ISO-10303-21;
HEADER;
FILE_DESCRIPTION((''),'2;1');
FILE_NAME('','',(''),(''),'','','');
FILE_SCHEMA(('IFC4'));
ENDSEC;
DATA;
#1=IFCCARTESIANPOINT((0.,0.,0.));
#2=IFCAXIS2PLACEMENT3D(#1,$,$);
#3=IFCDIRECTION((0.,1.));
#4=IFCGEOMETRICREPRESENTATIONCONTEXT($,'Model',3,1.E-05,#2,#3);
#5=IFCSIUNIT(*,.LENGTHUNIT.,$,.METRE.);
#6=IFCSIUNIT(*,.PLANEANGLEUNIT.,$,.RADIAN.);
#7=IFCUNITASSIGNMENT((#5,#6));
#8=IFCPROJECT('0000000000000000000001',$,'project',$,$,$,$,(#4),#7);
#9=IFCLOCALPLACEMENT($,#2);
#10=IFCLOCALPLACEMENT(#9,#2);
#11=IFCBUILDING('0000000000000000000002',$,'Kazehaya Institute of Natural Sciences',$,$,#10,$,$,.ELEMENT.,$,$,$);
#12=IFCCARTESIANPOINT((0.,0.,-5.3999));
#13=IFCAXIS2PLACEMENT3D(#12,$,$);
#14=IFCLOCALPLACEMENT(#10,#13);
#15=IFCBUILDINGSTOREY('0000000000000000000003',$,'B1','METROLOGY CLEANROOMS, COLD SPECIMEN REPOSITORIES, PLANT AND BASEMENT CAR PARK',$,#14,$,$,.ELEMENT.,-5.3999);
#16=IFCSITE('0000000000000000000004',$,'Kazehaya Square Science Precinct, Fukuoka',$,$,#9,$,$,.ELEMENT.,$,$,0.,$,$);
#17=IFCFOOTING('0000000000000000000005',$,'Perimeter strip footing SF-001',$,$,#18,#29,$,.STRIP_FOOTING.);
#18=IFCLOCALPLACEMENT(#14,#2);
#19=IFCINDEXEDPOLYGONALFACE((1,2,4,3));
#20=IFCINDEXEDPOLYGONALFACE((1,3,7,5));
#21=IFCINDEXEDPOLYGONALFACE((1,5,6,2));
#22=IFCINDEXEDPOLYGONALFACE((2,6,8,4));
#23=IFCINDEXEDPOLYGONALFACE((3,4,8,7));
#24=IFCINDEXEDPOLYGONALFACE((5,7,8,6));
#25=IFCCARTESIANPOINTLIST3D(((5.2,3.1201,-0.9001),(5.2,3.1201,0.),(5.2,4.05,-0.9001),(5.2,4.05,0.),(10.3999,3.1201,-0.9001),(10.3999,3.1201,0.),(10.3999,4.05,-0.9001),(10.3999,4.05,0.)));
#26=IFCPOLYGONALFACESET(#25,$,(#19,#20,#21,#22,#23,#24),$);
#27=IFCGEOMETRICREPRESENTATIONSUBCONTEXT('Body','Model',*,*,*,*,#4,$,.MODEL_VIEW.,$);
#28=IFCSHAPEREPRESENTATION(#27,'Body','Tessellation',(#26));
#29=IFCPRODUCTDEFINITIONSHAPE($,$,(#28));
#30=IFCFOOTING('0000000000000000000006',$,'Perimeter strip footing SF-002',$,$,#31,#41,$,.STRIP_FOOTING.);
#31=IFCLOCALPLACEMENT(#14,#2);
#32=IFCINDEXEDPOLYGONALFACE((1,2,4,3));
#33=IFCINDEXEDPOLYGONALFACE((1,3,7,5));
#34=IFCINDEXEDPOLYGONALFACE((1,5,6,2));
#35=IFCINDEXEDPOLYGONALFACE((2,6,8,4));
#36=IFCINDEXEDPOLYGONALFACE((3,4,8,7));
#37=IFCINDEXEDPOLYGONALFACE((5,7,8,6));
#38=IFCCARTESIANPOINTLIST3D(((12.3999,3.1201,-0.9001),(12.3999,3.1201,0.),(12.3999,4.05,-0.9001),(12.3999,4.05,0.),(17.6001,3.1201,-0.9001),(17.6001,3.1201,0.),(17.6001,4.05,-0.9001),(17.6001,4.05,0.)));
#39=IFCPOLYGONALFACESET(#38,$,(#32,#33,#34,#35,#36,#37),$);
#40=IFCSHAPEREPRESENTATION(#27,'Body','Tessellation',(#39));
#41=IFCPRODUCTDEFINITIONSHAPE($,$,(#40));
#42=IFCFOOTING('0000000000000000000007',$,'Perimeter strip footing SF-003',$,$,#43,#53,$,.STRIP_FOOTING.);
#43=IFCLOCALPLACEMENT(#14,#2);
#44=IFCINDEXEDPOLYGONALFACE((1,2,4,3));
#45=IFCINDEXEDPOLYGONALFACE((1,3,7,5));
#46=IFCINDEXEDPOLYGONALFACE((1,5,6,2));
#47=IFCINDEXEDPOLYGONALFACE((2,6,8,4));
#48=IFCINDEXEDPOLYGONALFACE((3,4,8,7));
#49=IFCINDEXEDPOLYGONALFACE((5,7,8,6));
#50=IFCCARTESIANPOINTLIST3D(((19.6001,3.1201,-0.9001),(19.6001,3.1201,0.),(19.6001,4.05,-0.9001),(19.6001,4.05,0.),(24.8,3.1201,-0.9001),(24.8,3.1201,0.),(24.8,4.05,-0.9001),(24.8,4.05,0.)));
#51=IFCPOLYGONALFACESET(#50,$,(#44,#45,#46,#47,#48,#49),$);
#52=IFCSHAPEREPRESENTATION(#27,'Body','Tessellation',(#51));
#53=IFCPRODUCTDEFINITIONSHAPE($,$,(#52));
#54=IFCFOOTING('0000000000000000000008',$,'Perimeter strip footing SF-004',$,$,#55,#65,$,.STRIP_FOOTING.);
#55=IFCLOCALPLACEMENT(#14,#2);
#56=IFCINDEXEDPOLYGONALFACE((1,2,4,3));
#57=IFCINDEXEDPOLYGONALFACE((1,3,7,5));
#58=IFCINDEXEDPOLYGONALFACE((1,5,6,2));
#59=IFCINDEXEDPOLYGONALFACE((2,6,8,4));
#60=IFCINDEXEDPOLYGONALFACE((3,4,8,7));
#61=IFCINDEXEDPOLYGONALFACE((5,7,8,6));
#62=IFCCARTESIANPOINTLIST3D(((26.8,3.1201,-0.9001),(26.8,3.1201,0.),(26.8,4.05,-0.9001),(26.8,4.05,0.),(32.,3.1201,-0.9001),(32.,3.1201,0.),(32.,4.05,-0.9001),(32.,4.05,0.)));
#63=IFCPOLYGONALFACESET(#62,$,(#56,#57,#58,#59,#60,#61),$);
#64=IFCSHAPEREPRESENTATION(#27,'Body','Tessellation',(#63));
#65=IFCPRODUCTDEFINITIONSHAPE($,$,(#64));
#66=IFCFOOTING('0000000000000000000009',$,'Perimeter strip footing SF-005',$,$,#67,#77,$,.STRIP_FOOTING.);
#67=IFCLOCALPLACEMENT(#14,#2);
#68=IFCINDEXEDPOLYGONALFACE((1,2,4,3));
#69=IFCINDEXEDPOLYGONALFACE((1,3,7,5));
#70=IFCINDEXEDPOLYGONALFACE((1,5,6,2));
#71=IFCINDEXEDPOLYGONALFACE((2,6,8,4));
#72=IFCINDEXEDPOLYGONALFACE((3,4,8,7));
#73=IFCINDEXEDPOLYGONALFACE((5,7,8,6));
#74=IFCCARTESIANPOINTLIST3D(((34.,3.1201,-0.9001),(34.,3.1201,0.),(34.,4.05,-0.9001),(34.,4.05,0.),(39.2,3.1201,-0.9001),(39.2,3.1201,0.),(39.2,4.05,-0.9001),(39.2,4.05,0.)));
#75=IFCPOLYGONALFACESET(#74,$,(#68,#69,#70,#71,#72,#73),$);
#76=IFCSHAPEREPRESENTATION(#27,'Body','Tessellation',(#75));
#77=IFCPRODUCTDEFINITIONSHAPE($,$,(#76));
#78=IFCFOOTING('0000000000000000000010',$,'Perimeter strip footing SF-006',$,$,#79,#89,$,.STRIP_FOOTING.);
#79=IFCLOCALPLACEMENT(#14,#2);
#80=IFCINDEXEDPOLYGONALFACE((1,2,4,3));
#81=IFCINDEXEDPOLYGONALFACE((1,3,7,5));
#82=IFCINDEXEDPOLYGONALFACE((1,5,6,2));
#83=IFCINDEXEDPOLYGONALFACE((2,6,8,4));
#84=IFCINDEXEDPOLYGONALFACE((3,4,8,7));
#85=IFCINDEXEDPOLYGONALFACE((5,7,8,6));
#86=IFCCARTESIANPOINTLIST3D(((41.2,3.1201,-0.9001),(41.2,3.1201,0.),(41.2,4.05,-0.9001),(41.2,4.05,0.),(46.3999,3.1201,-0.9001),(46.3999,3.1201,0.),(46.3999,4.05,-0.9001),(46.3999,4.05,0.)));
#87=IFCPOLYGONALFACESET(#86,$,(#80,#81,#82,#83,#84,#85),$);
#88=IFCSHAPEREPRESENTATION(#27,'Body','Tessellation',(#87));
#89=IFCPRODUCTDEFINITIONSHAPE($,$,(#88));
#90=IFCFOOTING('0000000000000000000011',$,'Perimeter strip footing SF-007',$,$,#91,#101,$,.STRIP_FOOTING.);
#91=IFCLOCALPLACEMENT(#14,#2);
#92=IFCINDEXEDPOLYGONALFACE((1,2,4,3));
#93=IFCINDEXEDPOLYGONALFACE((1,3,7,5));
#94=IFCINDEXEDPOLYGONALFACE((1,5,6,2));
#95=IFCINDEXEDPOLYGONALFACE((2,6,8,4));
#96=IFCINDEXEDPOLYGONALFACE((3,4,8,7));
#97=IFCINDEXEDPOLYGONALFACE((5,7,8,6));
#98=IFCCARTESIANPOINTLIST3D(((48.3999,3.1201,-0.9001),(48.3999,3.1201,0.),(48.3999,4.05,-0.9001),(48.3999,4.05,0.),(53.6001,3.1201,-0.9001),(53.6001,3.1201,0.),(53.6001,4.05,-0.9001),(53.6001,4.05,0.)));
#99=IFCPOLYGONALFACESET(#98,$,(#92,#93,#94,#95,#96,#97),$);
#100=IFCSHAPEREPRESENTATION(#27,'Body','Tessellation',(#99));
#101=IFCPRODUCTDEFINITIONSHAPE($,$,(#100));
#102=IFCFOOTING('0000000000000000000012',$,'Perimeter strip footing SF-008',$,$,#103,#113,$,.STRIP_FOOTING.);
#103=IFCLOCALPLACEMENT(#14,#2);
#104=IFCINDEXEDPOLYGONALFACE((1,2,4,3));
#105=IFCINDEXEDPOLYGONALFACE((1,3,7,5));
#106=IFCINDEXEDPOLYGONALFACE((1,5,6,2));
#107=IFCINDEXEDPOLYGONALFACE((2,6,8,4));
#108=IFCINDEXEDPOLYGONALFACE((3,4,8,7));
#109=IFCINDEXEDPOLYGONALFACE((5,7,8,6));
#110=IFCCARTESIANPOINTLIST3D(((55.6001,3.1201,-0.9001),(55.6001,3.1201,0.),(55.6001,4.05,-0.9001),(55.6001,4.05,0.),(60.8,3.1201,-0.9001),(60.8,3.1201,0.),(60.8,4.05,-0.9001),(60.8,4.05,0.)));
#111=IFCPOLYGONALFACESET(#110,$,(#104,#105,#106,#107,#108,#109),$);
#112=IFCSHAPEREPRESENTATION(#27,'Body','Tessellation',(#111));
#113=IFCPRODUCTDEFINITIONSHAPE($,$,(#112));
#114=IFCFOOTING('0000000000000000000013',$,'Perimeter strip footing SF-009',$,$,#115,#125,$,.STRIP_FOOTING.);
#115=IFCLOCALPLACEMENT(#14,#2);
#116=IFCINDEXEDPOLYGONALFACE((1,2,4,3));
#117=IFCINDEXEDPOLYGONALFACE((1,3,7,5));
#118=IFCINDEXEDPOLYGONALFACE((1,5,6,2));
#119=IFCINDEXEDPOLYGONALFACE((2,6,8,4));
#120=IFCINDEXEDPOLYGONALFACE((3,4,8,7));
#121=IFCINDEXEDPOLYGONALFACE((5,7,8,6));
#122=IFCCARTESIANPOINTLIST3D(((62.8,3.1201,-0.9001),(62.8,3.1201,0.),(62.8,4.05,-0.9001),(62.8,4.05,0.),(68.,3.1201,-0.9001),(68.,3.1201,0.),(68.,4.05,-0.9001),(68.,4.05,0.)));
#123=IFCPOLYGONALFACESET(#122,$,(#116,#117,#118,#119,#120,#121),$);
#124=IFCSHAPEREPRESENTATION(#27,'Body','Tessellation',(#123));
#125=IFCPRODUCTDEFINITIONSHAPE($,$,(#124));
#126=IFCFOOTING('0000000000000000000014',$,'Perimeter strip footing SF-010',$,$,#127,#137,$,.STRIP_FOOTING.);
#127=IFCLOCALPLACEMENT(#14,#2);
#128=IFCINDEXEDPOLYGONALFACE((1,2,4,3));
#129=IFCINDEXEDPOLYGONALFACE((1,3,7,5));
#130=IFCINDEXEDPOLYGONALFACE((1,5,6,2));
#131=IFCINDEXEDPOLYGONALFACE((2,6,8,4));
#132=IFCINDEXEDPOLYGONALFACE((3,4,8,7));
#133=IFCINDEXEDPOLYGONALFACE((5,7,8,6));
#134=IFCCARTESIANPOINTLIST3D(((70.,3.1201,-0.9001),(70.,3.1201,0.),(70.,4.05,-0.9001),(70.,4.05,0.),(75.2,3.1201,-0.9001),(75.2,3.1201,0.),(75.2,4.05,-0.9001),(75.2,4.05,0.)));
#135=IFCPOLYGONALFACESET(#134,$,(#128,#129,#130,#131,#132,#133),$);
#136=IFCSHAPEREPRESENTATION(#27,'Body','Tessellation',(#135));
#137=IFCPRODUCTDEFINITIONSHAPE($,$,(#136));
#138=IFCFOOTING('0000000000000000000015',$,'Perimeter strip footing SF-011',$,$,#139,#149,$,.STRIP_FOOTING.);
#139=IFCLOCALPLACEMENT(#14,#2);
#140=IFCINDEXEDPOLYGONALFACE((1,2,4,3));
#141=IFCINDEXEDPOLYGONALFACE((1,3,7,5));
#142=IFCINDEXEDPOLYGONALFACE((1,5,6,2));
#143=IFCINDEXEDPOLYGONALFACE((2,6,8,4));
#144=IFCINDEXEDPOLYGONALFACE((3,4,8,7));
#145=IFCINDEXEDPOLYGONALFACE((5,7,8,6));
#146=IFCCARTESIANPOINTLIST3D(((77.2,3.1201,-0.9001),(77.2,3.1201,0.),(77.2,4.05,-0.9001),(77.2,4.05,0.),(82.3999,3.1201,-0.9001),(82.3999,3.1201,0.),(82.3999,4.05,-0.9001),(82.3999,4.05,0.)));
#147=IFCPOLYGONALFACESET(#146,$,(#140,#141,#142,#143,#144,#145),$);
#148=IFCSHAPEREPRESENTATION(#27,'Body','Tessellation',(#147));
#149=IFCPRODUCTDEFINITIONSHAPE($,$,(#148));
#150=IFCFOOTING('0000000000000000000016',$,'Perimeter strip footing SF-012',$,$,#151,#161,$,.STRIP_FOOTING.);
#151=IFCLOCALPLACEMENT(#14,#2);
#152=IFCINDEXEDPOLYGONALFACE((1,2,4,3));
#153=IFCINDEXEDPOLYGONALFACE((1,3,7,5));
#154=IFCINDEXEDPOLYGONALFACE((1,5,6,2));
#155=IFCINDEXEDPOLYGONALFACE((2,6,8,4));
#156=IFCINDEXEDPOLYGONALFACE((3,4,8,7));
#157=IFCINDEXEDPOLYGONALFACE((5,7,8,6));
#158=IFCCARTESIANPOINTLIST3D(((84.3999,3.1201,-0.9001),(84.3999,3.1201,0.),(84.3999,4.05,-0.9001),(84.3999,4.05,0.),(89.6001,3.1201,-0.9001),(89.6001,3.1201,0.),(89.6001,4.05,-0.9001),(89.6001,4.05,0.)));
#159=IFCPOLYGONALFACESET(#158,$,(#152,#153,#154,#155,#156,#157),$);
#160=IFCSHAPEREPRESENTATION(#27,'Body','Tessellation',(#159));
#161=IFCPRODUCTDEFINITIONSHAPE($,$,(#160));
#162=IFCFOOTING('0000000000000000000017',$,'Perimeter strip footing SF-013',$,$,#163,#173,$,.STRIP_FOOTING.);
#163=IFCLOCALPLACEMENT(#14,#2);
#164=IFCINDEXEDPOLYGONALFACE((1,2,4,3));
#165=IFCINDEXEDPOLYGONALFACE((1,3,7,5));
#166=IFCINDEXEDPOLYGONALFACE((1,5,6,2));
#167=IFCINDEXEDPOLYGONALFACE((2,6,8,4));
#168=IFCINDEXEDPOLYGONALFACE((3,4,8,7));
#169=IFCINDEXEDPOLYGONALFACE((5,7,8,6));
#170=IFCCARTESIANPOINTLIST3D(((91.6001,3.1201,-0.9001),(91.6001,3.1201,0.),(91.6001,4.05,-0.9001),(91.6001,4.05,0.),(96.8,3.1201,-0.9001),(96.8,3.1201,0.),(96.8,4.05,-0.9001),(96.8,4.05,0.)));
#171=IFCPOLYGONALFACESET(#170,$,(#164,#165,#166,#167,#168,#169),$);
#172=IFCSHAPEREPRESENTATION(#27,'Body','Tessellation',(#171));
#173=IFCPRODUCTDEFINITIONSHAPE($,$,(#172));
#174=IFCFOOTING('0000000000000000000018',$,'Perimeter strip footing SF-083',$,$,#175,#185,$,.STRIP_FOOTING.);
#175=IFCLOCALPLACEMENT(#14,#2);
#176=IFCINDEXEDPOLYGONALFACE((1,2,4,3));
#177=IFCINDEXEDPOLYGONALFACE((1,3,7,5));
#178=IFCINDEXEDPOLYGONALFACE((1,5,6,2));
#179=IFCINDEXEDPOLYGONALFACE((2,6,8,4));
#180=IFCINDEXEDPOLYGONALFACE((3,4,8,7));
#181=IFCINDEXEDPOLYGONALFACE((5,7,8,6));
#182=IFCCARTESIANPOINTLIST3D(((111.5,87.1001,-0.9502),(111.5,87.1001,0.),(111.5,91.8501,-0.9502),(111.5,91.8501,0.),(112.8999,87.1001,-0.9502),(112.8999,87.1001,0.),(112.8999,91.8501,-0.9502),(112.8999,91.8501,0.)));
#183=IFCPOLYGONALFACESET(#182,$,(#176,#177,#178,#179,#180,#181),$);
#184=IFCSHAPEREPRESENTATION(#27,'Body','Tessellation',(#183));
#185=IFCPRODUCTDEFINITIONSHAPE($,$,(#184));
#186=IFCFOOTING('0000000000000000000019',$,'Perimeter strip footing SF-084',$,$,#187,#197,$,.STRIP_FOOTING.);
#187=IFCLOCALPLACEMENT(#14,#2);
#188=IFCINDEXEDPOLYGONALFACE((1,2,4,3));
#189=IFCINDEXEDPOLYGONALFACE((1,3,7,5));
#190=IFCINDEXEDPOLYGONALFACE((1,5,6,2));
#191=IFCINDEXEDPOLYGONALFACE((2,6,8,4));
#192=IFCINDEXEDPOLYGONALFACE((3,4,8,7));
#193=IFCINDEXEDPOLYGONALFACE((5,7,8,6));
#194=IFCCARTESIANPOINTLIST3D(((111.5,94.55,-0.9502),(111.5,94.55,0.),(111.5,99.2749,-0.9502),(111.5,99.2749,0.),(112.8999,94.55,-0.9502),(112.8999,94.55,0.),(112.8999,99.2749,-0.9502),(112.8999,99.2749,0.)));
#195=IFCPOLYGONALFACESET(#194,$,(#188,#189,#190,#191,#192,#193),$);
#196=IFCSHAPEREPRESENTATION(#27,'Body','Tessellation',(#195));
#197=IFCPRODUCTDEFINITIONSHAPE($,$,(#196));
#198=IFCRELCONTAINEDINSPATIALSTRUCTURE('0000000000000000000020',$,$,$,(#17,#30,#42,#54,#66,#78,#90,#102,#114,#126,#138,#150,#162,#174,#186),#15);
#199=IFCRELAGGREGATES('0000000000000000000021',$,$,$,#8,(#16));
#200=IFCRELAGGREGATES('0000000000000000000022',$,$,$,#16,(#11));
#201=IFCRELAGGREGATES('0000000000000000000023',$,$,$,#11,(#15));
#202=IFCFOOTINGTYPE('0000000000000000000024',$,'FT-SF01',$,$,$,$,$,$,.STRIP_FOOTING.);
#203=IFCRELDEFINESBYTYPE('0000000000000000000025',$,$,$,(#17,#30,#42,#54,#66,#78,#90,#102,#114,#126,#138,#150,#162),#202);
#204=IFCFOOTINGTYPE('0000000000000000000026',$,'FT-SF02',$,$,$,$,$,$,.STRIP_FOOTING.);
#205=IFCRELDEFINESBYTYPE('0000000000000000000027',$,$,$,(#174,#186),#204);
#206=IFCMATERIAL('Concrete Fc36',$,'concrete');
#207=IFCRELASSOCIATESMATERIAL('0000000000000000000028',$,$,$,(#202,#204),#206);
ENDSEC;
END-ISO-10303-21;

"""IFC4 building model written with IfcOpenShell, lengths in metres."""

from ifc_helpers import new_model, si_unit, direction, frame, origin, place, context, subcontext, project, spatial, polyline, outline, extrude, material, type_object, element, save


model = new_model("IFC4")

# Units and contexts
model_context = context("Model", 3, precision=1e-05, world=origin(), true_north=direction((0.0, 1.0)))
body_context = subcontext(model_context, "Body", "Model", "MODEL_VIEW")
ifc_project = project(units=[si_unit("LENGTHUNIT", "METRE"), si_unit("PLANEANGLEUNIT", "RADIAN")], contexts=[model_context])

# Site, building, storey
site_placement = place(None, origin())
site = spatial("IfcSite", under=ifc_project, at=site_placement, Name="Kazehaya Square Science Precinct, Fukuoka", CompositionType="ELEMENT", RefElevation=0.0)
building_placement = place(site_placement, origin())
building = spatial("IfcBuilding", under=site, at=building_placement, Name="Kazehaya Institute of Natural Sciences", CompositionType="ELEMENT")
storey_placement = place(building_placement, frame((0.0, 0.0, -5.3999)))
storey = spatial("IfcBuildingStorey", under=building, at=storey_placement, Name="B1", Description="METROLOGY CLEANROOMS, COLD SPECIMEN REPOSITORIES, PLANT AND BASEMENT CAR PARK", CompositionType="ELEMENT", Elevation=-5.3999)

# Footings
ifc_material = material(Name="Concrete Fc36", Category="concrete")
footing_type_1 = type_object("IfcFootingType", Name="FT-SF01", PredefinedType="STRIP_FOOTING", material=ifc_material)
footing_1_placement = place(storey_placement, frame((0.0, 0.0, -0.9001)))
element("IfcFooting", 1, at=footing_1_placement, inside=storey, type_object=footing_type_1, Name="Perimeter strip footing SF-001", PredefinedType="STRIP_FOOTING", context=body_context, shape_type="SweptSolid", body=[
    extrude(outline(polyline([(5.2, 3.1201), (10.3999, 3.1201), (10.3999, 4.05), (5.2, 4.05), (5.2, 3.1201)])), origin(), (0.0, 0.0, 1.0), 0.9001),
])
footing_2_placement = place(storey_placement, frame((0.0, 0.0, -0.9001)))
element("IfcFooting", 2, at=footing_2_placement, inside=storey, type_object=footing_type_1, Name="Perimeter strip footing SF-002", PredefinedType="STRIP_FOOTING", context=body_context, shape_type="SweptSolid", body=[
    extrude(outline(polyline([(12.3999, 3.1201), (17.6001, 3.1201), (17.6001, 4.05), (12.3999, 4.05), (12.3999, 3.1201)])), origin(), (0.0, 0.0, 1.0), 0.9001),
])
footing_3_placement = place(storey_placement, frame((0.0, 0.0, -0.9001)))
element("IfcFooting", 3, at=footing_3_placement, inside=storey, type_object=footing_type_1, Name="Perimeter strip footing SF-003", PredefinedType="STRIP_FOOTING", context=body_context, shape_type="SweptSolid", body=[
    extrude(outline(polyline([(19.6001, 3.1201), (24.8, 3.1201), (24.8, 4.05), (19.6001, 4.05), (19.6001, 3.1201)])), origin(), (0.0, 0.0, 1.0), 0.9001),
])
footing_4_placement = place(storey_placement, frame((0.0, 0.0, -0.9001)))
element("IfcFooting", 4, at=footing_4_placement, inside=storey, type_object=footing_type_1, Name="Perimeter strip footing SF-004", PredefinedType="STRIP_FOOTING", context=body_context, shape_type="SweptSolid", body=[
    extrude(outline(polyline([(26.8, 3.1201), (32.0, 3.1201), (32.0, 4.05), (26.8, 4.05), (26.8, 3.1201)])), origin(), (0.0, 0.0, 1.0), 0.9001),
])
footing_5_placement = place(storey_placement, frame((0.0, 0.0, -0.9001)))
element("IfcFooting", 5, at=footing_5_placement, inside=storey, type_object=footing_type_1, Name="Perimeter strip footing SF-005", PredefinedType="STRIP_FOOTING", context=body_context, shape_type="SweptSolid", body=[
    extrude(outline(polyline([(34.0, 3.1201), (39.2, 3.1201), (39.2, 4.05), (34.0, 4.05), (34.0, 3.1201)])), origin(), (0.0, 0.0, 1.0), 0.9001),
])
footing_6_placement = place(storey_placement, frame((0.0, 0.0, -0.9001)))
element("IfcFooting", 6, at=footing_6_placement, inside=storey, type_object=footing_type_1, Name="Perimeter strip footing SF-006", PredefinedType="STRIP_FOOTING", context=body_context, shape_type="SweptSolid", body=[
    extrude(outline(polyline([(41.2, 3.1201), (46.3999, 3.1201), (46.3999, 4.05), (41.2, 4.05), (41.2, 3.1201)])), origin(), (0.0, 0.0, 1.0), 0.9001),
])
footing_7_placement = place(storey_placement, frame((0.0, 0.0, -0.9001)))
element("IfcFooting", 7, at=footing_7_placement, inside=storey, type_object=footing_type_1, Name="Perimeter strip footing SF-007", PredefinedType="STRIP_FOOTING", context=body_context, shape_type="SweptSolid", body=[
    extrude(outline(polyline([(48.3999, 3.1201), (53.6001, 3.1201), (53.6001, 4.05), (48.3999, 4.05), (48.3999, 3.1201)])), origin(), (0.0, 0.0, 1.0), 0.9001),
])
footing_8_placement = place(storey_placement, frame((0.0, 0.0, -0.9001)))
element("IfcFooting", 8, at=footing_8_placement, inside=storey, type_object=footing_type_1, Name="Perimeter strip footing SF-008", PredefinedType="STRIP_FOOTING", context=body_context, shape_type="SweptSolid", body=[
    extrude(outline(polyline([(55.6001, 3.1201), (60.8, 3.1201), (60.8, 4.05), (55.6001, 4.05), (55.6001, 3.1201)])), origin(), (0.0, 0.0, 1.0), 0.9001),
])
footing_9_placement = place(storey_placement, frame((0.0, 0.0, -0.9001)))
element("IfcFooting", 9, at=footing_9_placement, inside=storey, type_object=footing_type_1, Name="Perimeter strip footing SF-009", PredefinedType="STRIP_FOOTING", context=body_context, shape_type="SweptSolid", body=[
    extrude(outline(polyline([(62.8, 3.1201), (68.0, 3.1201), (68.0, 4.05), (62.8, 4.05), (62.8, 3.1201)])), origin(), (0.0, 0.0, 1.0), 0.9001),
])
footing_10_placement = place(storey_placement, frame((0.0, 0.0, -0.9001)))
element("IfcFooting", 10, at=footing_10_placement, inside=storey, type_object=footing_type_1, Name="Perimeter strip footing SF-010", PredefinedType="STRIP_FOOTING", context=body_context, shape_type="SweptSolid", body=[
    extrude(outline(polyline([(70.0, 3.1201), (75.2, 3.1201), (75.2, 4.05), (70.0, 4.05), (70.0, 3.1201)])), origin(), (0.0, 0.0, 1.0), 0.9001),
])
footing_11_placement = place(storey_placement, frame((0.0, 0.0, -0.9001)))
element("IfcFooting", 11, at=footing_11_placement, inside=storey, type_object=footing_type_1, Name="Perimeter strip footing SF-011", PredefinedType="STRIP_FOOTING", context=body_context, shape_type="SweptSolid", body=[
    extrude(outline(polyline([(77.2, 3.1201), (82.3999, 3.1201), (82.3999, 4.05), (77.2, 4.05), (77.2, 3.1201)])), origin(), (0.0, 0.0, 1.0), 0.9001),
])
footing_12_placement = place(storey_placement, frame((0.0, 0.0, -0.9001)))
element("IfcFooting", 12, at=footing_12_placement, inside=storey, type_object=footing_type_1, Name="Perimeter strip footing SF-012", PredefinedType="STRIP_FOOTING", context=body_context, shape_type="SweptSolid", body=[
    extrude(outline(polyline([(84.3999, 3.1201), (89.6001, 3.1201), (89.6001, 4.05), (84.3999, 4.05), (84.3999, 3.1201)])), origin(), (0.0, 0.0, 1.0), 0.9001),
])
footing_13_placement = place(storey_placement, frame((0.0, 0.0, -0.9001)))
element("IfcFooting", 13, at=footing_13_placement, inside=storey, type_object=footing_type_1, Name="Perimeter strip footing SF-013", PredefinedType="STRIP_FOOTING", context=body_context, shape_type="SweptSolid", body=[
    extrude(outline(polyline([(91.6001, 3.1201), (96.8, 3.1201), (96.8, 4.05), (91.6001, 4.05), (91.6001, 3.1201)])), origin(), (0.0, 0.0, 1.0), 0.9001),
])
footing_type_2 = type_object("IfcFootingType", Name="FT-SF02", PredefinedType="STRIP_FOOTING", material=ifc_material)
footing_14_placement = place(storey_placement, frame((0.0, 0.0, -0.9502)))
element("IfcFooting", 14, at=footing_14_placement, inside=storey, type_object=footing_type_2, Name="Perimeter strip footing SF-083", PredefinedType="STRIP_FOOTING", context=body_context, shape_type="SweptSolid", body=[
    extrude(outline(polyline([(111.5, 87.1001), (112.8999, 87.1001), (112.8999, 91.8501), (111.5, 91.8501), (111.5, 87.1001)])), origin(), (0.0, 0.0, 1.0), 0.9502),
])
footing_15_placement = place(storey_placement, frame((0.0, 0.0, -0.9502)))
element("IfcFooting", 15, at=footing_15_placement, inside=storey, type_object=footing_type_2, Name="Perimeter strip footing SF-084", PredefinedType="STRIP_FOOTING", context=body_context, shape_type="SweptSolid", body=[
    extrude(outline(polyline([(111.5, 94.55), (112.8999, 94.55), (112.8999, 99.2749), (111.5, 99.2749), (111.5, 94.55)])), origin(), (0.0, 0.0, 1.0), 0.9502),
])

save(model, "model.ifc")
